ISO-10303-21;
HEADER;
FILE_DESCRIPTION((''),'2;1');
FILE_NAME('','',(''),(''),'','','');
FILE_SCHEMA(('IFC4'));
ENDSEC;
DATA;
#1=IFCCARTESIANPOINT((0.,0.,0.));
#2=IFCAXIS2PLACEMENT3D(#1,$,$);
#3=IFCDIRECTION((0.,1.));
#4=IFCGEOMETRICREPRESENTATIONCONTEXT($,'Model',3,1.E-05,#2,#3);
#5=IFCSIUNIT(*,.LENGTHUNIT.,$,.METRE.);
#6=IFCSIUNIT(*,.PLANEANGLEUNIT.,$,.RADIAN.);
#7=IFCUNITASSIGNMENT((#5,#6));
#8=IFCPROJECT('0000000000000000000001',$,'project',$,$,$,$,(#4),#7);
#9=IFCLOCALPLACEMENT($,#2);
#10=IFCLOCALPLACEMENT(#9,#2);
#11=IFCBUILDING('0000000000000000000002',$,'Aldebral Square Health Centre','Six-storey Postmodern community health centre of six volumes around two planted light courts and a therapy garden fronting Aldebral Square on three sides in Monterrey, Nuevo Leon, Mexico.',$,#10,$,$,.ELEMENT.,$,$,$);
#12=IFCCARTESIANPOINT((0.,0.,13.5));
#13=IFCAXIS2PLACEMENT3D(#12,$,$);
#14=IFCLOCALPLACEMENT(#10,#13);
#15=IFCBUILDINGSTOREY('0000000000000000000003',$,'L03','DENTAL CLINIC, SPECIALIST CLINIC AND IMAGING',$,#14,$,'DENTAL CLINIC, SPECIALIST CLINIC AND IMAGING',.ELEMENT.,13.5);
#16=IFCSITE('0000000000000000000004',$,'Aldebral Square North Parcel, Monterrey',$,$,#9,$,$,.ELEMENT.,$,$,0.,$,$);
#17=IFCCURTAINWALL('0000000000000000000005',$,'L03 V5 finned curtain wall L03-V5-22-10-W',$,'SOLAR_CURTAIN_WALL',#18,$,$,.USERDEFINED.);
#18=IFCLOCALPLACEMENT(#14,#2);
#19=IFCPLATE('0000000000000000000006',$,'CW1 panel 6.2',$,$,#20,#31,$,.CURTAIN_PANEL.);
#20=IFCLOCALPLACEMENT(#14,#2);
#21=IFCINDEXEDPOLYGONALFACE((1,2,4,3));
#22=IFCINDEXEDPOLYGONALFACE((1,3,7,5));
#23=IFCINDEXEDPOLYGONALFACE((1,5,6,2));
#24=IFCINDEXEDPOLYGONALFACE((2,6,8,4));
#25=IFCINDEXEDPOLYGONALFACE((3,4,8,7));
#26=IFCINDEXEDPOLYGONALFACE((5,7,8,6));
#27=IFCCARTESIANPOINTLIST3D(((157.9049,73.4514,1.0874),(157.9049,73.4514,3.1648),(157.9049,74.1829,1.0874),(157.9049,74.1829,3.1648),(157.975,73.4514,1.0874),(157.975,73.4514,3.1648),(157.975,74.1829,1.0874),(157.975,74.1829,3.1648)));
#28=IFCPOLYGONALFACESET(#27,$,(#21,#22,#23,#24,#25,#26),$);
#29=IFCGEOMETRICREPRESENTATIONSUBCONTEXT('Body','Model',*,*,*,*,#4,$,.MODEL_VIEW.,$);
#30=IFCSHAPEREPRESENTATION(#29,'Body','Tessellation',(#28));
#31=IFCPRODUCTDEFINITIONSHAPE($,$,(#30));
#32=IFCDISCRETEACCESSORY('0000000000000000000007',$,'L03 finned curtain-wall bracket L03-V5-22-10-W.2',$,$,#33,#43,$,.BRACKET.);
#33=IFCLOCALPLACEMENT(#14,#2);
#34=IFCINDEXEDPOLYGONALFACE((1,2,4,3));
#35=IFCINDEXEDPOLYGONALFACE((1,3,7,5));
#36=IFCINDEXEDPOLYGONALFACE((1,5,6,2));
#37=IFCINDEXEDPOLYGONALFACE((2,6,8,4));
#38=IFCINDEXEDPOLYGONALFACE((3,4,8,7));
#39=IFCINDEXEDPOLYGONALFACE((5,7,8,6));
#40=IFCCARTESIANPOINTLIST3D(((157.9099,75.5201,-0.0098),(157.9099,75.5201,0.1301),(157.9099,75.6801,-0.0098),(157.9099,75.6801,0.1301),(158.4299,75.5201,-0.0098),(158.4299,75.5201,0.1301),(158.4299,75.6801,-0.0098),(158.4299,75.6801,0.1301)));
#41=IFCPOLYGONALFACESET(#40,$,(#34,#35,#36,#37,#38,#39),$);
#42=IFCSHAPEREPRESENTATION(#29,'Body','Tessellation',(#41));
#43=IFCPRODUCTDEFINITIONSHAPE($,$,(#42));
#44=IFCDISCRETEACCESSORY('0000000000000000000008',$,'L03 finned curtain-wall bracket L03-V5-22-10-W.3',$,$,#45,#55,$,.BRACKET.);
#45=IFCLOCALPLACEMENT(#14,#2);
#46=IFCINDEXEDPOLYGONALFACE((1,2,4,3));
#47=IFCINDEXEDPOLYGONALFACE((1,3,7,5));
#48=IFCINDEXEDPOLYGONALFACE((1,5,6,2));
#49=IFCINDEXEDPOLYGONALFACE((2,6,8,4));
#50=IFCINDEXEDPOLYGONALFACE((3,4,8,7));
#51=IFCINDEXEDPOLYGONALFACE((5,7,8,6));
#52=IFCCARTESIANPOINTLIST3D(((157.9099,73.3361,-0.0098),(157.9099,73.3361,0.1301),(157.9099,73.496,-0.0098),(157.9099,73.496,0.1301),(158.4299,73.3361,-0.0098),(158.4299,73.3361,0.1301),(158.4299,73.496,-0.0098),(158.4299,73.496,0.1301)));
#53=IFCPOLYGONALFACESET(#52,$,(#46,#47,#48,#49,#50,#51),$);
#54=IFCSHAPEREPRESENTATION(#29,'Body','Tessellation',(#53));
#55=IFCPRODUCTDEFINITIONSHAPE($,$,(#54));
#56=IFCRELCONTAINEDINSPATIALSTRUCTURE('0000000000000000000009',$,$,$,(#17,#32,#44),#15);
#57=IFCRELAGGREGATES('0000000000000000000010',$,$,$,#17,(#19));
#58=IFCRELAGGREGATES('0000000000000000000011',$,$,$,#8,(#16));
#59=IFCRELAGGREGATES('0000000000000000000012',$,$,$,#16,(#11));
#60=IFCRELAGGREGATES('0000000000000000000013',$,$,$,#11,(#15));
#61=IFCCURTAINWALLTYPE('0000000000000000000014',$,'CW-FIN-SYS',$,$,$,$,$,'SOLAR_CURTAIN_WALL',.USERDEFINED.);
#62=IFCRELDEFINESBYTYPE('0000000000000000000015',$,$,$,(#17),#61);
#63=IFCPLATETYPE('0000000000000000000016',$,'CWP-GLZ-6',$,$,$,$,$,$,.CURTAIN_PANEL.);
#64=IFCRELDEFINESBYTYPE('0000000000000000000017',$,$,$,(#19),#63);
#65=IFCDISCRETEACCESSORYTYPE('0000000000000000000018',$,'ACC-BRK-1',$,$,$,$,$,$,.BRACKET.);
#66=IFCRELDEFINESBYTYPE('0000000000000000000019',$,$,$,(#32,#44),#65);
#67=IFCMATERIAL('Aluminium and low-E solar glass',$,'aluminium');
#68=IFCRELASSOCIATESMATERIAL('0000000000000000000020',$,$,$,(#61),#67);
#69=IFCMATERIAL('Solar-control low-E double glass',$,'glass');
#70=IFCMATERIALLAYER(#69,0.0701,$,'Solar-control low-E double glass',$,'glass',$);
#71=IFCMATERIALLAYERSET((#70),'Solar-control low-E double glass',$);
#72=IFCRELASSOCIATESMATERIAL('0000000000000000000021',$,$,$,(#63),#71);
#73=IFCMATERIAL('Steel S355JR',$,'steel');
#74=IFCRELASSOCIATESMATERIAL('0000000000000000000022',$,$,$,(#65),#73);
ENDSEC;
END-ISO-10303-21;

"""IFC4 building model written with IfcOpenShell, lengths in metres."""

from ifc_helpers import new_model, si_unit, direction, frame, origin, origin_2d, place, context, subcontext, project, spatial, rectangle, extrude, material, layer, layer_set, type_object, element, aggregate, save


model = new_model("IFC4")

# Units and contexts
model_context = context("Model", 3, precision=1e-05, world=origin(), true_north=direction((0.0, 1.0)))
body_context = subcontext(model_context, "Body", "Model", "MODEL_VIEW")
ifc_project = project(units=[si_unit("LENGTHUNIT", "METRE"), si_unit("PLANEANGLEUNIT", "RADIAN")], contexts=[model_context])

# Site, building, storey
site_placement = place(None, origin())
site = spatial("IfcSite", under=ifc_project, at=site_placement, Name="Aldebral Square North Parcel, Monterrey", CompositionType="ELEMENT", RefElevation=0.0)
building_placement = place(site_placement, origin())
building = spatial("IfcBuilding", under=site, at=building_placement, Name="Aldebral Square Health Centre", Description="Six-storey Postmodern community health centre of six volumes around two planted light courts and a therapy garden fronting Aldebral Square on three sides in Monterrey, Nuevo Leon, Mexico.", CompositionType="ELEMENT")
storey_placement = place(building_placement, frame((0.0, 0.0, 13.5)))
storey = spatial("IfcBuildingStorey", under=building, at=storey_placement, Name="L03", Description="DENTAL CLINIC, SPECIALIST CLINIC AND IMAGING", LongName="DENTAL CLINIC, SPECIALIST CLINIC AND IMAGING", CompositionType="ELEMENT", Elevation=13.5)

# Curtain wall, plate
ifc_material_1 = material(Name="Aluminium and low-E solar glass", Category="aluminium")
curtain_wall_type = type_object("IfcCurtainWallType", Name="CW-FIN-SYS", ElementType="SOLAR_CURTAIN_WALL", PredefinedType="USERDEFINED", material=ifc_material_1)
curtain_wall_placement = place(storey_placement, origin())
curtain_wall = element("IfcCurtainWall", 1, at=curtain_wall_placement, inside=storey, type_object=curtain_wall_type, Name="L03 V5 finned curtain wall L03-V5-22-10-W", ObjectType="SOLAR_CURTAIN_WALL", PredefinedType="USERDEFINED")
ifc_material_2 = material(Name="Solar-control low-E double glass", Category="glass")
ifc_layer = layer(ifc_material_2, 0.0701, Name="Solar-control low-E double glass", Category="glass")
ifc_layer_set = layer_set([ifc_layer], Name="Solar-control low-E double glass")
plate_type = type_object("IfcPlateType", Name="CWP-GLZ-6", PredefinedType="CURTAIN_PANEL", material=ifc_layer_set)
plate_1_placement = place(storey_placement, frame((157.9399, 73.8171, 1.0874), z_axis=(0.0, 0.0, 1.0), x_axis=(0.0, -1.0, 0.0)))
plate_1 = element("IfcPlate", 2, at=plate_1_placement, type_object=plate_type, Name="CW1 panel 6.2", PredefinedType="CURTAIN_PANEL", context=body_context, shape_type="SweptSolid", body=[
    extrude(rectangle(XDim=0.7314, YDim=0.0701, at=origin_2d()), origin(), (0.0, 0.0, 1.0), 2.0774),
])
aggregate(curtain_wall, [plate_1])

# Discrete accessories
ifc_material_3 = material(Name="Steel S355JR", Category="steel")
discrete_accessory_type = type_object("IfcDiscreteAccessoryType", Name="ACC-BRK-1", PredefinedType="BRACKET", material=ifc_material_3)
for number, where, z_axis, x_axis, name in (
    (3, (158.1699, 75.6001, -0.0098), (0.0, 0.0, 1.0), (0.0, 1.0, 0.0), "L03 finned curtain-wall bracket L03-V5-22-10-W.2"),
    (4, (158.1699, 73.416, -0.0098), (0.0, 0.0, 1.0), (0.0, 1.0, 0.0), "L03 finned curtain-wall bracket L03-V5-22-10-W.3"),
):
    element("IfcDiscreteAccessory", number, at=place(storey_placement, frame(where, z_axis=z_axis, x_axis=x_axis)), inside=storey, type_object=discrete_accessory_type, Name=name, PredefinedType="BRACKET", context=body_context, shape_type="SweptSolid", body=[
        extrude(rectangle(XDim=0.1599, YDim=0.52, at=origin_2d()), origin(), (0.0, 0.0, 1.0), 0.1399),
    ])

save(model, "model.ifc")
